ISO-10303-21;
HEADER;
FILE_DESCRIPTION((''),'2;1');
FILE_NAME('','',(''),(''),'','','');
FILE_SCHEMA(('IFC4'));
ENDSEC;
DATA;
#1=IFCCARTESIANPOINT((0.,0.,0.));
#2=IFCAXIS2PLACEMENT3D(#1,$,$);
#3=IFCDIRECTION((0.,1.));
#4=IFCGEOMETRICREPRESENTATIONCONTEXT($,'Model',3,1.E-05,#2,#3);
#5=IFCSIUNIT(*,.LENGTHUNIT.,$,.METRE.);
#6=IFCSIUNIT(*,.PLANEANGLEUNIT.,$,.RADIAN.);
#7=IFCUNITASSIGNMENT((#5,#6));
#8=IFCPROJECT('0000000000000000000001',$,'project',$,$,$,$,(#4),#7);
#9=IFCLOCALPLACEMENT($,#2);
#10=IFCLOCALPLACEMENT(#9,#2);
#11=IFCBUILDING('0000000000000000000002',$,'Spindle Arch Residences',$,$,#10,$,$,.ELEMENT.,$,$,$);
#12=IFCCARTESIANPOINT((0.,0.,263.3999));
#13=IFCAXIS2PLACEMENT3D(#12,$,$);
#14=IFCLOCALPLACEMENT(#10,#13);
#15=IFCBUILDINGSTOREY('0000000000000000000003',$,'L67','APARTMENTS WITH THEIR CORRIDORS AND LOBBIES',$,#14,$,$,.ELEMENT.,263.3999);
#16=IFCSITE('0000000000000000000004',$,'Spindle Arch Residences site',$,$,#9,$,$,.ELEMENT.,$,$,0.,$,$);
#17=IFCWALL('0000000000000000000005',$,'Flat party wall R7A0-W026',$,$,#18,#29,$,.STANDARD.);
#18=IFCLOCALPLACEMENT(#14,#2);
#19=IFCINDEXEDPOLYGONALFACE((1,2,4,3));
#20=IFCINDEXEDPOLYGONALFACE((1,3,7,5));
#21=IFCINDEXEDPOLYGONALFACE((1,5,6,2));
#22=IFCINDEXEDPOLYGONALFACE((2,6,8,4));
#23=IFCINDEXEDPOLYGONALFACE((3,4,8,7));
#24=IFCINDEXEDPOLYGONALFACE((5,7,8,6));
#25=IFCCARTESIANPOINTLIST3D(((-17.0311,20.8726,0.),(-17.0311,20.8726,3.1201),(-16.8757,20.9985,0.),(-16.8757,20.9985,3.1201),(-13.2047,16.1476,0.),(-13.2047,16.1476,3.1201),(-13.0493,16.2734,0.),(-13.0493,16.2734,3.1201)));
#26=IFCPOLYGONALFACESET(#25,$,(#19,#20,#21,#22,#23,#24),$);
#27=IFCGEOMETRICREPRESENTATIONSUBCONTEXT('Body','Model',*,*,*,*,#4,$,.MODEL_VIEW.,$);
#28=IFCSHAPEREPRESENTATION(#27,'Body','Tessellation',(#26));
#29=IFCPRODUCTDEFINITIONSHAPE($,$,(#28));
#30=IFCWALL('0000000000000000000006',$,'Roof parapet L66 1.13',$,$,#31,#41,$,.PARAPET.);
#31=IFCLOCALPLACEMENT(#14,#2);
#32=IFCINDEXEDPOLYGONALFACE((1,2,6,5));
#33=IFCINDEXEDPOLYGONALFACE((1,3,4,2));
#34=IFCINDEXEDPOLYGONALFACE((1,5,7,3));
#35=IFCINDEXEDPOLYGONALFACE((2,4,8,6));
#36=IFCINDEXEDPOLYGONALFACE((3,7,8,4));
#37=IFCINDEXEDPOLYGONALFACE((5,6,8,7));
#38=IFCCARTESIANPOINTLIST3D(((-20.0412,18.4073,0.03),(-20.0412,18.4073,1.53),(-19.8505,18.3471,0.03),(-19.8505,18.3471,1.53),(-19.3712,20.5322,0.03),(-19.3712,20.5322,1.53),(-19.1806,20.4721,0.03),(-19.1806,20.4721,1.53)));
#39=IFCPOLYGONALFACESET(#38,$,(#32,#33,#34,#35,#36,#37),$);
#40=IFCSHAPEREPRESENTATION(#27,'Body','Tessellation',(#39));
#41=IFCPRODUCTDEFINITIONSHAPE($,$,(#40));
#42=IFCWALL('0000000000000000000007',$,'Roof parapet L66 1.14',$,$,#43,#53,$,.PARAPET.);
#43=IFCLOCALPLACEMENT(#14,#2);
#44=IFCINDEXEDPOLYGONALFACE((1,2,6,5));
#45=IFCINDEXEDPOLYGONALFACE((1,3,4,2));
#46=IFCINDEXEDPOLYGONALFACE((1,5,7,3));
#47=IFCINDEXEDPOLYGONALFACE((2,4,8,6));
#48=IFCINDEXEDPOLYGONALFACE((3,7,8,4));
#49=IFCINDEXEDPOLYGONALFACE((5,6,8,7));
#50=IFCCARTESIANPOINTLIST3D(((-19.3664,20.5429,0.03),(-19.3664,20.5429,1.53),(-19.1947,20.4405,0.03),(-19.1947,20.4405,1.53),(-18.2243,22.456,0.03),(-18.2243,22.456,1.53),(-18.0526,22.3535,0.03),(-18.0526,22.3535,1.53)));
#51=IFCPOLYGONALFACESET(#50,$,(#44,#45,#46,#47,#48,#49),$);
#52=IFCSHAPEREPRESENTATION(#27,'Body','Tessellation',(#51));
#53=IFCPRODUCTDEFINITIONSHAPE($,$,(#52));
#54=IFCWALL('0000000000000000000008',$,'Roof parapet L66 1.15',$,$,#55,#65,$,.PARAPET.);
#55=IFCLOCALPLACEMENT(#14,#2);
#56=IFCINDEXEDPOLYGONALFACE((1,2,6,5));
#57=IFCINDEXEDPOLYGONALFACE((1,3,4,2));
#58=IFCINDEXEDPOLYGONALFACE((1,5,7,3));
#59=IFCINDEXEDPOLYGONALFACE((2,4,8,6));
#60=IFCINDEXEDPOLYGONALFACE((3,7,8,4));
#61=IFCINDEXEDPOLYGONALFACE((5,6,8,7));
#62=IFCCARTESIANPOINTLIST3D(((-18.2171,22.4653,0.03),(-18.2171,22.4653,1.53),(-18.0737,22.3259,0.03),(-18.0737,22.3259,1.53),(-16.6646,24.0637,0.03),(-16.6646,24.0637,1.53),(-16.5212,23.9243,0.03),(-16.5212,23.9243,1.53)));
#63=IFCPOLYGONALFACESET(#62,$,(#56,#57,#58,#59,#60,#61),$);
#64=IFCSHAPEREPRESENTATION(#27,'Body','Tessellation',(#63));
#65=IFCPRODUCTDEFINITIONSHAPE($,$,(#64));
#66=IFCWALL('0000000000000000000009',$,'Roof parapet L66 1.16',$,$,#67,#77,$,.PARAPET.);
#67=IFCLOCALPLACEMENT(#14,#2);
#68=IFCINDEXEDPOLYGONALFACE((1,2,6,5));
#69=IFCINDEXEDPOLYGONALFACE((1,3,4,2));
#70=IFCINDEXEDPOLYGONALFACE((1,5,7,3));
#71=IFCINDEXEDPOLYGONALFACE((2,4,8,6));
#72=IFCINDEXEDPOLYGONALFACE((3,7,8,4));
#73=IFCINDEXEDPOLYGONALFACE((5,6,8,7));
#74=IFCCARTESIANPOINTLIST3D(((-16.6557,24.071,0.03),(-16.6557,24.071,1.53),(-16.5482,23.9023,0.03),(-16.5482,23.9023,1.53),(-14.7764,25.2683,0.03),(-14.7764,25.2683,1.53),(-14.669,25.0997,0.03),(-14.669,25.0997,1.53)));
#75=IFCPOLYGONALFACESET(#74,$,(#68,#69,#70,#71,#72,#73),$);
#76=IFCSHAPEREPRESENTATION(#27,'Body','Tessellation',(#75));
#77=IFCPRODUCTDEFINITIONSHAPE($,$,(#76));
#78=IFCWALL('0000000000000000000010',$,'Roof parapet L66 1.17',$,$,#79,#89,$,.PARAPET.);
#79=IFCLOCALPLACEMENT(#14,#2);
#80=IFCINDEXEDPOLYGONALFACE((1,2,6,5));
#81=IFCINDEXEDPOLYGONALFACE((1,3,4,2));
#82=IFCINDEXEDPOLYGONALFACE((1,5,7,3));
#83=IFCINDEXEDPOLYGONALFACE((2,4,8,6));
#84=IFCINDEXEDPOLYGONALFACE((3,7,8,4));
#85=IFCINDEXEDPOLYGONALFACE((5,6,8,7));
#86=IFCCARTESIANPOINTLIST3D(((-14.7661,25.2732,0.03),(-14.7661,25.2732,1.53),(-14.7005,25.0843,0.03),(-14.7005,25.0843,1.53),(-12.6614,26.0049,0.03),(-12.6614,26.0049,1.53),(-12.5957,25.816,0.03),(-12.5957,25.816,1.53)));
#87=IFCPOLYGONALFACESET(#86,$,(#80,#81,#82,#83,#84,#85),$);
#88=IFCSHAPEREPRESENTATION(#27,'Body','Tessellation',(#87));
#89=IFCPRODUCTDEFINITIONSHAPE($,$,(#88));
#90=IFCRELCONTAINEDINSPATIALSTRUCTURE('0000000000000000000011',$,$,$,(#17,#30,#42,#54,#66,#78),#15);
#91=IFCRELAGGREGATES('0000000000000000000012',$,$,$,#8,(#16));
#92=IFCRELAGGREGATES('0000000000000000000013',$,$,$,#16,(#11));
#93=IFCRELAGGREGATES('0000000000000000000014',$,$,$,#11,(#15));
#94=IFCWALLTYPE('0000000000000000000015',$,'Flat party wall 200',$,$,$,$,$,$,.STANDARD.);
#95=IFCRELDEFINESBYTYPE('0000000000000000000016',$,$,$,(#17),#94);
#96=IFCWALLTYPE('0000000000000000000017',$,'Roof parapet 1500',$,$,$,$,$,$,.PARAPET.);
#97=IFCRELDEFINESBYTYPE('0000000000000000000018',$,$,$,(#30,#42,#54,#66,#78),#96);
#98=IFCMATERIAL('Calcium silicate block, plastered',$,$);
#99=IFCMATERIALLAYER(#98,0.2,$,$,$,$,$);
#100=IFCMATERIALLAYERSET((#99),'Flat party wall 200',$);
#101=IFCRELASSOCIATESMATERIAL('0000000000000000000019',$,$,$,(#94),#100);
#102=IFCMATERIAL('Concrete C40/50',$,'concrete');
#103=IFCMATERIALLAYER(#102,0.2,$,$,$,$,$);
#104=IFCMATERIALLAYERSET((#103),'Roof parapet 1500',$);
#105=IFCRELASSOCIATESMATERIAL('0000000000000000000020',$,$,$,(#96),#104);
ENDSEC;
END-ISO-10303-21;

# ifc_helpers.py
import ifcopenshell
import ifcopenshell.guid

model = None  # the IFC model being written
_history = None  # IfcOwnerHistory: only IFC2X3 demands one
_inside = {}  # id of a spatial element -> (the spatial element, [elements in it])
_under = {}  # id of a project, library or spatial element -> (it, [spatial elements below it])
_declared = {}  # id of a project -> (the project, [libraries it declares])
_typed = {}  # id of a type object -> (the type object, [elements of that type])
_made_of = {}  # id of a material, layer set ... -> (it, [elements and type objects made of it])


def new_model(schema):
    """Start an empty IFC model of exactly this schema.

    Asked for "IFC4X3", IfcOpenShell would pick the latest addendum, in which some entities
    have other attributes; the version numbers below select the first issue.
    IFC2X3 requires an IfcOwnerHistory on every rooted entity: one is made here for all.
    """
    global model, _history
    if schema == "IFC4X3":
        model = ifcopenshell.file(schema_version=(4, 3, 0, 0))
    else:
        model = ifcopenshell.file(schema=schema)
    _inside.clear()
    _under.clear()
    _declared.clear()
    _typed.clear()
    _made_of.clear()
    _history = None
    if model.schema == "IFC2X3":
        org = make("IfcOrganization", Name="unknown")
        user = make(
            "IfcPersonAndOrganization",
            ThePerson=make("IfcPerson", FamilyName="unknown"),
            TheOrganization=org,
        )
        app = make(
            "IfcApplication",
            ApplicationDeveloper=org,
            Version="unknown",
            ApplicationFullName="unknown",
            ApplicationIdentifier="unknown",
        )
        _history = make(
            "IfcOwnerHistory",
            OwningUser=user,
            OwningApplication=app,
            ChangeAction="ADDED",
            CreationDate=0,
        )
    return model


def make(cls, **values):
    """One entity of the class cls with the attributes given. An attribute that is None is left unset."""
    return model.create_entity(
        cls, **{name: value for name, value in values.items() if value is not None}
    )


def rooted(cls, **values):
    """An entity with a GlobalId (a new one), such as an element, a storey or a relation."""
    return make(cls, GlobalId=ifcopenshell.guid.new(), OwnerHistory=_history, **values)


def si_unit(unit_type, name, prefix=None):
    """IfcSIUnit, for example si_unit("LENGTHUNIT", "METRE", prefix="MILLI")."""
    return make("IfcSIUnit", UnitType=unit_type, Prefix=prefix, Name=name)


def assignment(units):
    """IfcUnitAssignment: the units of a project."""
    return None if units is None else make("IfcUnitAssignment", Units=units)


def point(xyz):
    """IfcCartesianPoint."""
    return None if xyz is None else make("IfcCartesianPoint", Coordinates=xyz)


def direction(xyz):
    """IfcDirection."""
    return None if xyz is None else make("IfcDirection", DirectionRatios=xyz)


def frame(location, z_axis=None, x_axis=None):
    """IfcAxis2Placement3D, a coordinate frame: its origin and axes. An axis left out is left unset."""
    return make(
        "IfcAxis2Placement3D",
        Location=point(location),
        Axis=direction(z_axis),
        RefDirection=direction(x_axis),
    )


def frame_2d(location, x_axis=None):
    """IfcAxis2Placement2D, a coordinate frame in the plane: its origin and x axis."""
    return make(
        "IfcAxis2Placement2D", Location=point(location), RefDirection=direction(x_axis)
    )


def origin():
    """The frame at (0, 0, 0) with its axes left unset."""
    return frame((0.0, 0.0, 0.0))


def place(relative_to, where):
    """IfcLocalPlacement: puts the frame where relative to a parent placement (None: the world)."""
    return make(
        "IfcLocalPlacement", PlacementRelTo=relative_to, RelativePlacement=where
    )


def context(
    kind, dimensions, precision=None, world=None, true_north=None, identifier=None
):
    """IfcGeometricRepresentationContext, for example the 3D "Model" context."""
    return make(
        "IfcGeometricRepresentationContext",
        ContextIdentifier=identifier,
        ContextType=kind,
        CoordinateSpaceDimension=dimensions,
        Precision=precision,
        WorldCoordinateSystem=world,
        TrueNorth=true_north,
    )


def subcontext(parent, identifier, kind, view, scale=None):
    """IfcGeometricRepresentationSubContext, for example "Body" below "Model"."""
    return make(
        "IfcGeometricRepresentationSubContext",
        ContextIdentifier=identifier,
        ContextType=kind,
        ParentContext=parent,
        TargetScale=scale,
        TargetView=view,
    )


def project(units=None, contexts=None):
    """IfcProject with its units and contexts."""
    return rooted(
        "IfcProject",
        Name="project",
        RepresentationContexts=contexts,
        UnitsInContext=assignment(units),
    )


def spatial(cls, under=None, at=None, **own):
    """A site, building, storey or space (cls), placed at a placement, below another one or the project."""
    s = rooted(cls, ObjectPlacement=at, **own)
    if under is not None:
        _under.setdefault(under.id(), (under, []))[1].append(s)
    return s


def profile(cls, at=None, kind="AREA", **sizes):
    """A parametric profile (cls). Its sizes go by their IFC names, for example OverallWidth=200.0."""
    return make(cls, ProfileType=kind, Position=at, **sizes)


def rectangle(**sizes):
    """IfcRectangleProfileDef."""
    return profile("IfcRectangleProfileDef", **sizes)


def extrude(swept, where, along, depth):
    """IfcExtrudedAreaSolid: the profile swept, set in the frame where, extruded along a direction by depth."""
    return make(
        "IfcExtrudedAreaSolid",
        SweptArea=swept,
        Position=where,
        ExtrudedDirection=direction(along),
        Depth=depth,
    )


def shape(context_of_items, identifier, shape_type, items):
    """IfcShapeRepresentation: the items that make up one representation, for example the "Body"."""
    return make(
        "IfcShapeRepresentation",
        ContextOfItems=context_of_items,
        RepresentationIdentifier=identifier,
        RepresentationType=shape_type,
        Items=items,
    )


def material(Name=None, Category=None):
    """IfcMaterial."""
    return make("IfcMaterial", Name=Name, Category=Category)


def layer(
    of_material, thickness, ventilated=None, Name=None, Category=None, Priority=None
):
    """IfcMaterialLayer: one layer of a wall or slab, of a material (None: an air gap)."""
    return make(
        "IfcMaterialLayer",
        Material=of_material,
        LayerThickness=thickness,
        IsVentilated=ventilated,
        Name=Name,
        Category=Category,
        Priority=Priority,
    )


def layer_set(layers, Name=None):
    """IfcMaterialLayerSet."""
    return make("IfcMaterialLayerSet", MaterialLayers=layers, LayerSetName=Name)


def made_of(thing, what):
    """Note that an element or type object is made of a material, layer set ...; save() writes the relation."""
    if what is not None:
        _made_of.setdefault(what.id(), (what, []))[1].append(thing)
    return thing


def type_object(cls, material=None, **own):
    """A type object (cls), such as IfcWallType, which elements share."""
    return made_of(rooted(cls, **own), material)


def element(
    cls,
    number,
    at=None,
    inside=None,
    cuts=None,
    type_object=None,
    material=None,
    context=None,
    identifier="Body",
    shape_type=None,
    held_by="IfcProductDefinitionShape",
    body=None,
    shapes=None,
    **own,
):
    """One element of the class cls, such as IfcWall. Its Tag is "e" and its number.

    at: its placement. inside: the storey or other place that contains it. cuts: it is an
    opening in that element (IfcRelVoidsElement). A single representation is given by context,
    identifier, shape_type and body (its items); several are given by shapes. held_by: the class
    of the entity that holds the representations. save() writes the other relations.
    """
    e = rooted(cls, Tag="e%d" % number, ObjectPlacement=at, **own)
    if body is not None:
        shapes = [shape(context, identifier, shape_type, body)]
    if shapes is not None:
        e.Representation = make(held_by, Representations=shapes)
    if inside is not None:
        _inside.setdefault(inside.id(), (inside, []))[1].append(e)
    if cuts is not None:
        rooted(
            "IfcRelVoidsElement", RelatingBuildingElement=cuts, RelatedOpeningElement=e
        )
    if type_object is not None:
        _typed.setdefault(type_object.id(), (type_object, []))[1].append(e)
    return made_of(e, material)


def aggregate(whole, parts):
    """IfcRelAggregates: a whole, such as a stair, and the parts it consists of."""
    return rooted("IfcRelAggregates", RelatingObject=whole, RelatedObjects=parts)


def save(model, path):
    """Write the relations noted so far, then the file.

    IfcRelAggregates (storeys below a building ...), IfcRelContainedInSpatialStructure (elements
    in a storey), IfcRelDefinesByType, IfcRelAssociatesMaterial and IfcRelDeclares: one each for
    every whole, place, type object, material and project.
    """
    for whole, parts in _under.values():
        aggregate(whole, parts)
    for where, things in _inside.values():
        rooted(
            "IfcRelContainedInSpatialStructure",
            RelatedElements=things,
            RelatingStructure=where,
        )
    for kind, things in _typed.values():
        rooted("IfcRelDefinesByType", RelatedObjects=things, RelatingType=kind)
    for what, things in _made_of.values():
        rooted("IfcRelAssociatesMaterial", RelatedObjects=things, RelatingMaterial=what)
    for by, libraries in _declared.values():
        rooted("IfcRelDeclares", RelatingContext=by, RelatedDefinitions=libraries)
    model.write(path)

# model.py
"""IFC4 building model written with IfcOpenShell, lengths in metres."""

from ifc_helpers import new_model, si_unit, direction, frame, frame_2d, origin, place, context, subcontext, project, spatial, rectangle, extrude, material, layer, layer_set, type_object, element, save


model = new_model("IFC4")

# Units and contexts
model_context = context("Model", 3, precision=1e-05, world=origin(), true_north=direction((0.0, 1.0)))
body_context = subcontext(model_context, "Body", "Model", "MODEL_VIEW")
ifc_project = project(units=[si_unit("LENGTHUNIT", "METRE"), si_unit("PLANEANGLEUNIT", "RADIAN")], contexts=[model_context])

# Site, building, storey
site_placement = place(None, origin())
site = spatial("IfcSite", under=ifc_project, at=site_placement, Name="Spindle Arch Residences site", CompositionType="ELEMENT", RefElevation=0.0)
building_placement = place(site_placement, origin())
building = spatial("IfcBuilding", under=site, at=building_placement, Name="Spindle Arch Residences", CompositionType="ELEMENT")
storey_placement = place(building_placement, frame((0.0, 0.0, 263.3999)))
storey = spatial("IfcBuildingStorey", under=building, at=storey_placement, Name="L67", Description="APARTMENTS WITH THEIR CORRIDORS AND LOBBIES", CompositionType="ELEMENT", Elevation=263.3999)

# Walls
ifc_material_1 = material(Name="Calcium silicate block, plastered")
ifc_layer_1 = layer(ifc_material_1, 0.2)
ifc_layer_set_1 = layer_set([ifc_layer_1], Name="Flat party wall 200")
wall_type_1 = type_object("IfcWallType", Name="Flat party wall 200", PredefinedType="STANDARD", material=ifc_layer_set_1)
wall_1_placement = place(storey_placement, frame((-16.9534, 20.9355, 0.0), z_axis=(0.0, 0.0, 1.0), x_axis=(0.629331, -0.777137, 0.0)))
element("IfcWall", 1, at=wall_1_placement, inside=storey, type_object=wall_type_1, Name="Flat party wall R7A0-W026", PredefinedType="STANDARD", context=body_context, shape_type="SweptSolid", body=[
    extrude(rectangle(XDim=6.0801, YDim=0.2, at=frame_2d((3.04, 0.0))), origin(), (0.0, 0.0, 1.0), 3.1201),
])
ifc_material_2 = material(Name="Concrete C40/50", Category="concrete")
ifc_layer_2 = layer(ifc_material_2, 0.2)
ifc_layer_set_2 = layer_set([ifc_layer_2], Name="Roof parapet 1500")
wall_type_2 = type_object("IfcWallType", Name="Roof parapet 1500", PredefinedType="PARAPET", material=ifc_layer_set_2)
for number, where, z_axis, x_axis, name in (
    (2, (-19.9458, 18.3772, 0.03), (0.0, 0.0, 1.0), (0.30067, 0.953728, 0.0), "Roof parapet L66 1.13"),
    (3, (-19.2805, 20.4917, 0.03), (0.0, 0.0, 1.0), (0.512593, 0.858632, 0.0), "Roof parapet L66 1.14"),
):
    element("IfcWall", number, at=place(storey_placement, frame(where, z_axis=z_axis, x_axis=x_axis)), inside=storey, type_object=wall_type_2, Name=name, PredefinedType="PARAPET", context=body_context, shape_type="SweptSolid", body=[
        extrude(rectangle(XDim=2.228, YDim=0.2, at=frame_2d((1.114, 0.0))), origin(), (0.0, 0.0, 1.0), 1.5),
    ])
for number, where, z_axis, x_axis, name in (
    (4, (-18.1455, 22.3955, 0.03), (0.0, 0.0, 1.0), (0.696733, 0.717331, 0.0), "Roof parapet L66 1.15"),
    (5, (-16.6021, 23.9866, 0.03), (0.0, 0.0, 1.0), (0.843368, 0.537336, 0.0), "Roof parapet L66 1.16"),
    (6, (-14.7334, 25.1787, 0.03), (0.0, 0.0, 1.0), (0.944551, 0.328363, 0.0), "Roof parapet L66 1.17"),
):
    element("IfcWall", number, at=place(storey_placement, frame(where, z_axis=z_axis, x_axis=x_axis)), inside=storey, type_object=wall_type_2, Name=name, PredefinedType="PARAPET", context=body_context, shape_type="SweptSolid", body=[
        extrude(rectangle(XDim=2.2283, YDim=0.2, at=frame_2d((1.1143, 0.0))), origin(), (0.0, 0.0, 1.0), 1.5),
    ])

save(model, "model.ifc")
